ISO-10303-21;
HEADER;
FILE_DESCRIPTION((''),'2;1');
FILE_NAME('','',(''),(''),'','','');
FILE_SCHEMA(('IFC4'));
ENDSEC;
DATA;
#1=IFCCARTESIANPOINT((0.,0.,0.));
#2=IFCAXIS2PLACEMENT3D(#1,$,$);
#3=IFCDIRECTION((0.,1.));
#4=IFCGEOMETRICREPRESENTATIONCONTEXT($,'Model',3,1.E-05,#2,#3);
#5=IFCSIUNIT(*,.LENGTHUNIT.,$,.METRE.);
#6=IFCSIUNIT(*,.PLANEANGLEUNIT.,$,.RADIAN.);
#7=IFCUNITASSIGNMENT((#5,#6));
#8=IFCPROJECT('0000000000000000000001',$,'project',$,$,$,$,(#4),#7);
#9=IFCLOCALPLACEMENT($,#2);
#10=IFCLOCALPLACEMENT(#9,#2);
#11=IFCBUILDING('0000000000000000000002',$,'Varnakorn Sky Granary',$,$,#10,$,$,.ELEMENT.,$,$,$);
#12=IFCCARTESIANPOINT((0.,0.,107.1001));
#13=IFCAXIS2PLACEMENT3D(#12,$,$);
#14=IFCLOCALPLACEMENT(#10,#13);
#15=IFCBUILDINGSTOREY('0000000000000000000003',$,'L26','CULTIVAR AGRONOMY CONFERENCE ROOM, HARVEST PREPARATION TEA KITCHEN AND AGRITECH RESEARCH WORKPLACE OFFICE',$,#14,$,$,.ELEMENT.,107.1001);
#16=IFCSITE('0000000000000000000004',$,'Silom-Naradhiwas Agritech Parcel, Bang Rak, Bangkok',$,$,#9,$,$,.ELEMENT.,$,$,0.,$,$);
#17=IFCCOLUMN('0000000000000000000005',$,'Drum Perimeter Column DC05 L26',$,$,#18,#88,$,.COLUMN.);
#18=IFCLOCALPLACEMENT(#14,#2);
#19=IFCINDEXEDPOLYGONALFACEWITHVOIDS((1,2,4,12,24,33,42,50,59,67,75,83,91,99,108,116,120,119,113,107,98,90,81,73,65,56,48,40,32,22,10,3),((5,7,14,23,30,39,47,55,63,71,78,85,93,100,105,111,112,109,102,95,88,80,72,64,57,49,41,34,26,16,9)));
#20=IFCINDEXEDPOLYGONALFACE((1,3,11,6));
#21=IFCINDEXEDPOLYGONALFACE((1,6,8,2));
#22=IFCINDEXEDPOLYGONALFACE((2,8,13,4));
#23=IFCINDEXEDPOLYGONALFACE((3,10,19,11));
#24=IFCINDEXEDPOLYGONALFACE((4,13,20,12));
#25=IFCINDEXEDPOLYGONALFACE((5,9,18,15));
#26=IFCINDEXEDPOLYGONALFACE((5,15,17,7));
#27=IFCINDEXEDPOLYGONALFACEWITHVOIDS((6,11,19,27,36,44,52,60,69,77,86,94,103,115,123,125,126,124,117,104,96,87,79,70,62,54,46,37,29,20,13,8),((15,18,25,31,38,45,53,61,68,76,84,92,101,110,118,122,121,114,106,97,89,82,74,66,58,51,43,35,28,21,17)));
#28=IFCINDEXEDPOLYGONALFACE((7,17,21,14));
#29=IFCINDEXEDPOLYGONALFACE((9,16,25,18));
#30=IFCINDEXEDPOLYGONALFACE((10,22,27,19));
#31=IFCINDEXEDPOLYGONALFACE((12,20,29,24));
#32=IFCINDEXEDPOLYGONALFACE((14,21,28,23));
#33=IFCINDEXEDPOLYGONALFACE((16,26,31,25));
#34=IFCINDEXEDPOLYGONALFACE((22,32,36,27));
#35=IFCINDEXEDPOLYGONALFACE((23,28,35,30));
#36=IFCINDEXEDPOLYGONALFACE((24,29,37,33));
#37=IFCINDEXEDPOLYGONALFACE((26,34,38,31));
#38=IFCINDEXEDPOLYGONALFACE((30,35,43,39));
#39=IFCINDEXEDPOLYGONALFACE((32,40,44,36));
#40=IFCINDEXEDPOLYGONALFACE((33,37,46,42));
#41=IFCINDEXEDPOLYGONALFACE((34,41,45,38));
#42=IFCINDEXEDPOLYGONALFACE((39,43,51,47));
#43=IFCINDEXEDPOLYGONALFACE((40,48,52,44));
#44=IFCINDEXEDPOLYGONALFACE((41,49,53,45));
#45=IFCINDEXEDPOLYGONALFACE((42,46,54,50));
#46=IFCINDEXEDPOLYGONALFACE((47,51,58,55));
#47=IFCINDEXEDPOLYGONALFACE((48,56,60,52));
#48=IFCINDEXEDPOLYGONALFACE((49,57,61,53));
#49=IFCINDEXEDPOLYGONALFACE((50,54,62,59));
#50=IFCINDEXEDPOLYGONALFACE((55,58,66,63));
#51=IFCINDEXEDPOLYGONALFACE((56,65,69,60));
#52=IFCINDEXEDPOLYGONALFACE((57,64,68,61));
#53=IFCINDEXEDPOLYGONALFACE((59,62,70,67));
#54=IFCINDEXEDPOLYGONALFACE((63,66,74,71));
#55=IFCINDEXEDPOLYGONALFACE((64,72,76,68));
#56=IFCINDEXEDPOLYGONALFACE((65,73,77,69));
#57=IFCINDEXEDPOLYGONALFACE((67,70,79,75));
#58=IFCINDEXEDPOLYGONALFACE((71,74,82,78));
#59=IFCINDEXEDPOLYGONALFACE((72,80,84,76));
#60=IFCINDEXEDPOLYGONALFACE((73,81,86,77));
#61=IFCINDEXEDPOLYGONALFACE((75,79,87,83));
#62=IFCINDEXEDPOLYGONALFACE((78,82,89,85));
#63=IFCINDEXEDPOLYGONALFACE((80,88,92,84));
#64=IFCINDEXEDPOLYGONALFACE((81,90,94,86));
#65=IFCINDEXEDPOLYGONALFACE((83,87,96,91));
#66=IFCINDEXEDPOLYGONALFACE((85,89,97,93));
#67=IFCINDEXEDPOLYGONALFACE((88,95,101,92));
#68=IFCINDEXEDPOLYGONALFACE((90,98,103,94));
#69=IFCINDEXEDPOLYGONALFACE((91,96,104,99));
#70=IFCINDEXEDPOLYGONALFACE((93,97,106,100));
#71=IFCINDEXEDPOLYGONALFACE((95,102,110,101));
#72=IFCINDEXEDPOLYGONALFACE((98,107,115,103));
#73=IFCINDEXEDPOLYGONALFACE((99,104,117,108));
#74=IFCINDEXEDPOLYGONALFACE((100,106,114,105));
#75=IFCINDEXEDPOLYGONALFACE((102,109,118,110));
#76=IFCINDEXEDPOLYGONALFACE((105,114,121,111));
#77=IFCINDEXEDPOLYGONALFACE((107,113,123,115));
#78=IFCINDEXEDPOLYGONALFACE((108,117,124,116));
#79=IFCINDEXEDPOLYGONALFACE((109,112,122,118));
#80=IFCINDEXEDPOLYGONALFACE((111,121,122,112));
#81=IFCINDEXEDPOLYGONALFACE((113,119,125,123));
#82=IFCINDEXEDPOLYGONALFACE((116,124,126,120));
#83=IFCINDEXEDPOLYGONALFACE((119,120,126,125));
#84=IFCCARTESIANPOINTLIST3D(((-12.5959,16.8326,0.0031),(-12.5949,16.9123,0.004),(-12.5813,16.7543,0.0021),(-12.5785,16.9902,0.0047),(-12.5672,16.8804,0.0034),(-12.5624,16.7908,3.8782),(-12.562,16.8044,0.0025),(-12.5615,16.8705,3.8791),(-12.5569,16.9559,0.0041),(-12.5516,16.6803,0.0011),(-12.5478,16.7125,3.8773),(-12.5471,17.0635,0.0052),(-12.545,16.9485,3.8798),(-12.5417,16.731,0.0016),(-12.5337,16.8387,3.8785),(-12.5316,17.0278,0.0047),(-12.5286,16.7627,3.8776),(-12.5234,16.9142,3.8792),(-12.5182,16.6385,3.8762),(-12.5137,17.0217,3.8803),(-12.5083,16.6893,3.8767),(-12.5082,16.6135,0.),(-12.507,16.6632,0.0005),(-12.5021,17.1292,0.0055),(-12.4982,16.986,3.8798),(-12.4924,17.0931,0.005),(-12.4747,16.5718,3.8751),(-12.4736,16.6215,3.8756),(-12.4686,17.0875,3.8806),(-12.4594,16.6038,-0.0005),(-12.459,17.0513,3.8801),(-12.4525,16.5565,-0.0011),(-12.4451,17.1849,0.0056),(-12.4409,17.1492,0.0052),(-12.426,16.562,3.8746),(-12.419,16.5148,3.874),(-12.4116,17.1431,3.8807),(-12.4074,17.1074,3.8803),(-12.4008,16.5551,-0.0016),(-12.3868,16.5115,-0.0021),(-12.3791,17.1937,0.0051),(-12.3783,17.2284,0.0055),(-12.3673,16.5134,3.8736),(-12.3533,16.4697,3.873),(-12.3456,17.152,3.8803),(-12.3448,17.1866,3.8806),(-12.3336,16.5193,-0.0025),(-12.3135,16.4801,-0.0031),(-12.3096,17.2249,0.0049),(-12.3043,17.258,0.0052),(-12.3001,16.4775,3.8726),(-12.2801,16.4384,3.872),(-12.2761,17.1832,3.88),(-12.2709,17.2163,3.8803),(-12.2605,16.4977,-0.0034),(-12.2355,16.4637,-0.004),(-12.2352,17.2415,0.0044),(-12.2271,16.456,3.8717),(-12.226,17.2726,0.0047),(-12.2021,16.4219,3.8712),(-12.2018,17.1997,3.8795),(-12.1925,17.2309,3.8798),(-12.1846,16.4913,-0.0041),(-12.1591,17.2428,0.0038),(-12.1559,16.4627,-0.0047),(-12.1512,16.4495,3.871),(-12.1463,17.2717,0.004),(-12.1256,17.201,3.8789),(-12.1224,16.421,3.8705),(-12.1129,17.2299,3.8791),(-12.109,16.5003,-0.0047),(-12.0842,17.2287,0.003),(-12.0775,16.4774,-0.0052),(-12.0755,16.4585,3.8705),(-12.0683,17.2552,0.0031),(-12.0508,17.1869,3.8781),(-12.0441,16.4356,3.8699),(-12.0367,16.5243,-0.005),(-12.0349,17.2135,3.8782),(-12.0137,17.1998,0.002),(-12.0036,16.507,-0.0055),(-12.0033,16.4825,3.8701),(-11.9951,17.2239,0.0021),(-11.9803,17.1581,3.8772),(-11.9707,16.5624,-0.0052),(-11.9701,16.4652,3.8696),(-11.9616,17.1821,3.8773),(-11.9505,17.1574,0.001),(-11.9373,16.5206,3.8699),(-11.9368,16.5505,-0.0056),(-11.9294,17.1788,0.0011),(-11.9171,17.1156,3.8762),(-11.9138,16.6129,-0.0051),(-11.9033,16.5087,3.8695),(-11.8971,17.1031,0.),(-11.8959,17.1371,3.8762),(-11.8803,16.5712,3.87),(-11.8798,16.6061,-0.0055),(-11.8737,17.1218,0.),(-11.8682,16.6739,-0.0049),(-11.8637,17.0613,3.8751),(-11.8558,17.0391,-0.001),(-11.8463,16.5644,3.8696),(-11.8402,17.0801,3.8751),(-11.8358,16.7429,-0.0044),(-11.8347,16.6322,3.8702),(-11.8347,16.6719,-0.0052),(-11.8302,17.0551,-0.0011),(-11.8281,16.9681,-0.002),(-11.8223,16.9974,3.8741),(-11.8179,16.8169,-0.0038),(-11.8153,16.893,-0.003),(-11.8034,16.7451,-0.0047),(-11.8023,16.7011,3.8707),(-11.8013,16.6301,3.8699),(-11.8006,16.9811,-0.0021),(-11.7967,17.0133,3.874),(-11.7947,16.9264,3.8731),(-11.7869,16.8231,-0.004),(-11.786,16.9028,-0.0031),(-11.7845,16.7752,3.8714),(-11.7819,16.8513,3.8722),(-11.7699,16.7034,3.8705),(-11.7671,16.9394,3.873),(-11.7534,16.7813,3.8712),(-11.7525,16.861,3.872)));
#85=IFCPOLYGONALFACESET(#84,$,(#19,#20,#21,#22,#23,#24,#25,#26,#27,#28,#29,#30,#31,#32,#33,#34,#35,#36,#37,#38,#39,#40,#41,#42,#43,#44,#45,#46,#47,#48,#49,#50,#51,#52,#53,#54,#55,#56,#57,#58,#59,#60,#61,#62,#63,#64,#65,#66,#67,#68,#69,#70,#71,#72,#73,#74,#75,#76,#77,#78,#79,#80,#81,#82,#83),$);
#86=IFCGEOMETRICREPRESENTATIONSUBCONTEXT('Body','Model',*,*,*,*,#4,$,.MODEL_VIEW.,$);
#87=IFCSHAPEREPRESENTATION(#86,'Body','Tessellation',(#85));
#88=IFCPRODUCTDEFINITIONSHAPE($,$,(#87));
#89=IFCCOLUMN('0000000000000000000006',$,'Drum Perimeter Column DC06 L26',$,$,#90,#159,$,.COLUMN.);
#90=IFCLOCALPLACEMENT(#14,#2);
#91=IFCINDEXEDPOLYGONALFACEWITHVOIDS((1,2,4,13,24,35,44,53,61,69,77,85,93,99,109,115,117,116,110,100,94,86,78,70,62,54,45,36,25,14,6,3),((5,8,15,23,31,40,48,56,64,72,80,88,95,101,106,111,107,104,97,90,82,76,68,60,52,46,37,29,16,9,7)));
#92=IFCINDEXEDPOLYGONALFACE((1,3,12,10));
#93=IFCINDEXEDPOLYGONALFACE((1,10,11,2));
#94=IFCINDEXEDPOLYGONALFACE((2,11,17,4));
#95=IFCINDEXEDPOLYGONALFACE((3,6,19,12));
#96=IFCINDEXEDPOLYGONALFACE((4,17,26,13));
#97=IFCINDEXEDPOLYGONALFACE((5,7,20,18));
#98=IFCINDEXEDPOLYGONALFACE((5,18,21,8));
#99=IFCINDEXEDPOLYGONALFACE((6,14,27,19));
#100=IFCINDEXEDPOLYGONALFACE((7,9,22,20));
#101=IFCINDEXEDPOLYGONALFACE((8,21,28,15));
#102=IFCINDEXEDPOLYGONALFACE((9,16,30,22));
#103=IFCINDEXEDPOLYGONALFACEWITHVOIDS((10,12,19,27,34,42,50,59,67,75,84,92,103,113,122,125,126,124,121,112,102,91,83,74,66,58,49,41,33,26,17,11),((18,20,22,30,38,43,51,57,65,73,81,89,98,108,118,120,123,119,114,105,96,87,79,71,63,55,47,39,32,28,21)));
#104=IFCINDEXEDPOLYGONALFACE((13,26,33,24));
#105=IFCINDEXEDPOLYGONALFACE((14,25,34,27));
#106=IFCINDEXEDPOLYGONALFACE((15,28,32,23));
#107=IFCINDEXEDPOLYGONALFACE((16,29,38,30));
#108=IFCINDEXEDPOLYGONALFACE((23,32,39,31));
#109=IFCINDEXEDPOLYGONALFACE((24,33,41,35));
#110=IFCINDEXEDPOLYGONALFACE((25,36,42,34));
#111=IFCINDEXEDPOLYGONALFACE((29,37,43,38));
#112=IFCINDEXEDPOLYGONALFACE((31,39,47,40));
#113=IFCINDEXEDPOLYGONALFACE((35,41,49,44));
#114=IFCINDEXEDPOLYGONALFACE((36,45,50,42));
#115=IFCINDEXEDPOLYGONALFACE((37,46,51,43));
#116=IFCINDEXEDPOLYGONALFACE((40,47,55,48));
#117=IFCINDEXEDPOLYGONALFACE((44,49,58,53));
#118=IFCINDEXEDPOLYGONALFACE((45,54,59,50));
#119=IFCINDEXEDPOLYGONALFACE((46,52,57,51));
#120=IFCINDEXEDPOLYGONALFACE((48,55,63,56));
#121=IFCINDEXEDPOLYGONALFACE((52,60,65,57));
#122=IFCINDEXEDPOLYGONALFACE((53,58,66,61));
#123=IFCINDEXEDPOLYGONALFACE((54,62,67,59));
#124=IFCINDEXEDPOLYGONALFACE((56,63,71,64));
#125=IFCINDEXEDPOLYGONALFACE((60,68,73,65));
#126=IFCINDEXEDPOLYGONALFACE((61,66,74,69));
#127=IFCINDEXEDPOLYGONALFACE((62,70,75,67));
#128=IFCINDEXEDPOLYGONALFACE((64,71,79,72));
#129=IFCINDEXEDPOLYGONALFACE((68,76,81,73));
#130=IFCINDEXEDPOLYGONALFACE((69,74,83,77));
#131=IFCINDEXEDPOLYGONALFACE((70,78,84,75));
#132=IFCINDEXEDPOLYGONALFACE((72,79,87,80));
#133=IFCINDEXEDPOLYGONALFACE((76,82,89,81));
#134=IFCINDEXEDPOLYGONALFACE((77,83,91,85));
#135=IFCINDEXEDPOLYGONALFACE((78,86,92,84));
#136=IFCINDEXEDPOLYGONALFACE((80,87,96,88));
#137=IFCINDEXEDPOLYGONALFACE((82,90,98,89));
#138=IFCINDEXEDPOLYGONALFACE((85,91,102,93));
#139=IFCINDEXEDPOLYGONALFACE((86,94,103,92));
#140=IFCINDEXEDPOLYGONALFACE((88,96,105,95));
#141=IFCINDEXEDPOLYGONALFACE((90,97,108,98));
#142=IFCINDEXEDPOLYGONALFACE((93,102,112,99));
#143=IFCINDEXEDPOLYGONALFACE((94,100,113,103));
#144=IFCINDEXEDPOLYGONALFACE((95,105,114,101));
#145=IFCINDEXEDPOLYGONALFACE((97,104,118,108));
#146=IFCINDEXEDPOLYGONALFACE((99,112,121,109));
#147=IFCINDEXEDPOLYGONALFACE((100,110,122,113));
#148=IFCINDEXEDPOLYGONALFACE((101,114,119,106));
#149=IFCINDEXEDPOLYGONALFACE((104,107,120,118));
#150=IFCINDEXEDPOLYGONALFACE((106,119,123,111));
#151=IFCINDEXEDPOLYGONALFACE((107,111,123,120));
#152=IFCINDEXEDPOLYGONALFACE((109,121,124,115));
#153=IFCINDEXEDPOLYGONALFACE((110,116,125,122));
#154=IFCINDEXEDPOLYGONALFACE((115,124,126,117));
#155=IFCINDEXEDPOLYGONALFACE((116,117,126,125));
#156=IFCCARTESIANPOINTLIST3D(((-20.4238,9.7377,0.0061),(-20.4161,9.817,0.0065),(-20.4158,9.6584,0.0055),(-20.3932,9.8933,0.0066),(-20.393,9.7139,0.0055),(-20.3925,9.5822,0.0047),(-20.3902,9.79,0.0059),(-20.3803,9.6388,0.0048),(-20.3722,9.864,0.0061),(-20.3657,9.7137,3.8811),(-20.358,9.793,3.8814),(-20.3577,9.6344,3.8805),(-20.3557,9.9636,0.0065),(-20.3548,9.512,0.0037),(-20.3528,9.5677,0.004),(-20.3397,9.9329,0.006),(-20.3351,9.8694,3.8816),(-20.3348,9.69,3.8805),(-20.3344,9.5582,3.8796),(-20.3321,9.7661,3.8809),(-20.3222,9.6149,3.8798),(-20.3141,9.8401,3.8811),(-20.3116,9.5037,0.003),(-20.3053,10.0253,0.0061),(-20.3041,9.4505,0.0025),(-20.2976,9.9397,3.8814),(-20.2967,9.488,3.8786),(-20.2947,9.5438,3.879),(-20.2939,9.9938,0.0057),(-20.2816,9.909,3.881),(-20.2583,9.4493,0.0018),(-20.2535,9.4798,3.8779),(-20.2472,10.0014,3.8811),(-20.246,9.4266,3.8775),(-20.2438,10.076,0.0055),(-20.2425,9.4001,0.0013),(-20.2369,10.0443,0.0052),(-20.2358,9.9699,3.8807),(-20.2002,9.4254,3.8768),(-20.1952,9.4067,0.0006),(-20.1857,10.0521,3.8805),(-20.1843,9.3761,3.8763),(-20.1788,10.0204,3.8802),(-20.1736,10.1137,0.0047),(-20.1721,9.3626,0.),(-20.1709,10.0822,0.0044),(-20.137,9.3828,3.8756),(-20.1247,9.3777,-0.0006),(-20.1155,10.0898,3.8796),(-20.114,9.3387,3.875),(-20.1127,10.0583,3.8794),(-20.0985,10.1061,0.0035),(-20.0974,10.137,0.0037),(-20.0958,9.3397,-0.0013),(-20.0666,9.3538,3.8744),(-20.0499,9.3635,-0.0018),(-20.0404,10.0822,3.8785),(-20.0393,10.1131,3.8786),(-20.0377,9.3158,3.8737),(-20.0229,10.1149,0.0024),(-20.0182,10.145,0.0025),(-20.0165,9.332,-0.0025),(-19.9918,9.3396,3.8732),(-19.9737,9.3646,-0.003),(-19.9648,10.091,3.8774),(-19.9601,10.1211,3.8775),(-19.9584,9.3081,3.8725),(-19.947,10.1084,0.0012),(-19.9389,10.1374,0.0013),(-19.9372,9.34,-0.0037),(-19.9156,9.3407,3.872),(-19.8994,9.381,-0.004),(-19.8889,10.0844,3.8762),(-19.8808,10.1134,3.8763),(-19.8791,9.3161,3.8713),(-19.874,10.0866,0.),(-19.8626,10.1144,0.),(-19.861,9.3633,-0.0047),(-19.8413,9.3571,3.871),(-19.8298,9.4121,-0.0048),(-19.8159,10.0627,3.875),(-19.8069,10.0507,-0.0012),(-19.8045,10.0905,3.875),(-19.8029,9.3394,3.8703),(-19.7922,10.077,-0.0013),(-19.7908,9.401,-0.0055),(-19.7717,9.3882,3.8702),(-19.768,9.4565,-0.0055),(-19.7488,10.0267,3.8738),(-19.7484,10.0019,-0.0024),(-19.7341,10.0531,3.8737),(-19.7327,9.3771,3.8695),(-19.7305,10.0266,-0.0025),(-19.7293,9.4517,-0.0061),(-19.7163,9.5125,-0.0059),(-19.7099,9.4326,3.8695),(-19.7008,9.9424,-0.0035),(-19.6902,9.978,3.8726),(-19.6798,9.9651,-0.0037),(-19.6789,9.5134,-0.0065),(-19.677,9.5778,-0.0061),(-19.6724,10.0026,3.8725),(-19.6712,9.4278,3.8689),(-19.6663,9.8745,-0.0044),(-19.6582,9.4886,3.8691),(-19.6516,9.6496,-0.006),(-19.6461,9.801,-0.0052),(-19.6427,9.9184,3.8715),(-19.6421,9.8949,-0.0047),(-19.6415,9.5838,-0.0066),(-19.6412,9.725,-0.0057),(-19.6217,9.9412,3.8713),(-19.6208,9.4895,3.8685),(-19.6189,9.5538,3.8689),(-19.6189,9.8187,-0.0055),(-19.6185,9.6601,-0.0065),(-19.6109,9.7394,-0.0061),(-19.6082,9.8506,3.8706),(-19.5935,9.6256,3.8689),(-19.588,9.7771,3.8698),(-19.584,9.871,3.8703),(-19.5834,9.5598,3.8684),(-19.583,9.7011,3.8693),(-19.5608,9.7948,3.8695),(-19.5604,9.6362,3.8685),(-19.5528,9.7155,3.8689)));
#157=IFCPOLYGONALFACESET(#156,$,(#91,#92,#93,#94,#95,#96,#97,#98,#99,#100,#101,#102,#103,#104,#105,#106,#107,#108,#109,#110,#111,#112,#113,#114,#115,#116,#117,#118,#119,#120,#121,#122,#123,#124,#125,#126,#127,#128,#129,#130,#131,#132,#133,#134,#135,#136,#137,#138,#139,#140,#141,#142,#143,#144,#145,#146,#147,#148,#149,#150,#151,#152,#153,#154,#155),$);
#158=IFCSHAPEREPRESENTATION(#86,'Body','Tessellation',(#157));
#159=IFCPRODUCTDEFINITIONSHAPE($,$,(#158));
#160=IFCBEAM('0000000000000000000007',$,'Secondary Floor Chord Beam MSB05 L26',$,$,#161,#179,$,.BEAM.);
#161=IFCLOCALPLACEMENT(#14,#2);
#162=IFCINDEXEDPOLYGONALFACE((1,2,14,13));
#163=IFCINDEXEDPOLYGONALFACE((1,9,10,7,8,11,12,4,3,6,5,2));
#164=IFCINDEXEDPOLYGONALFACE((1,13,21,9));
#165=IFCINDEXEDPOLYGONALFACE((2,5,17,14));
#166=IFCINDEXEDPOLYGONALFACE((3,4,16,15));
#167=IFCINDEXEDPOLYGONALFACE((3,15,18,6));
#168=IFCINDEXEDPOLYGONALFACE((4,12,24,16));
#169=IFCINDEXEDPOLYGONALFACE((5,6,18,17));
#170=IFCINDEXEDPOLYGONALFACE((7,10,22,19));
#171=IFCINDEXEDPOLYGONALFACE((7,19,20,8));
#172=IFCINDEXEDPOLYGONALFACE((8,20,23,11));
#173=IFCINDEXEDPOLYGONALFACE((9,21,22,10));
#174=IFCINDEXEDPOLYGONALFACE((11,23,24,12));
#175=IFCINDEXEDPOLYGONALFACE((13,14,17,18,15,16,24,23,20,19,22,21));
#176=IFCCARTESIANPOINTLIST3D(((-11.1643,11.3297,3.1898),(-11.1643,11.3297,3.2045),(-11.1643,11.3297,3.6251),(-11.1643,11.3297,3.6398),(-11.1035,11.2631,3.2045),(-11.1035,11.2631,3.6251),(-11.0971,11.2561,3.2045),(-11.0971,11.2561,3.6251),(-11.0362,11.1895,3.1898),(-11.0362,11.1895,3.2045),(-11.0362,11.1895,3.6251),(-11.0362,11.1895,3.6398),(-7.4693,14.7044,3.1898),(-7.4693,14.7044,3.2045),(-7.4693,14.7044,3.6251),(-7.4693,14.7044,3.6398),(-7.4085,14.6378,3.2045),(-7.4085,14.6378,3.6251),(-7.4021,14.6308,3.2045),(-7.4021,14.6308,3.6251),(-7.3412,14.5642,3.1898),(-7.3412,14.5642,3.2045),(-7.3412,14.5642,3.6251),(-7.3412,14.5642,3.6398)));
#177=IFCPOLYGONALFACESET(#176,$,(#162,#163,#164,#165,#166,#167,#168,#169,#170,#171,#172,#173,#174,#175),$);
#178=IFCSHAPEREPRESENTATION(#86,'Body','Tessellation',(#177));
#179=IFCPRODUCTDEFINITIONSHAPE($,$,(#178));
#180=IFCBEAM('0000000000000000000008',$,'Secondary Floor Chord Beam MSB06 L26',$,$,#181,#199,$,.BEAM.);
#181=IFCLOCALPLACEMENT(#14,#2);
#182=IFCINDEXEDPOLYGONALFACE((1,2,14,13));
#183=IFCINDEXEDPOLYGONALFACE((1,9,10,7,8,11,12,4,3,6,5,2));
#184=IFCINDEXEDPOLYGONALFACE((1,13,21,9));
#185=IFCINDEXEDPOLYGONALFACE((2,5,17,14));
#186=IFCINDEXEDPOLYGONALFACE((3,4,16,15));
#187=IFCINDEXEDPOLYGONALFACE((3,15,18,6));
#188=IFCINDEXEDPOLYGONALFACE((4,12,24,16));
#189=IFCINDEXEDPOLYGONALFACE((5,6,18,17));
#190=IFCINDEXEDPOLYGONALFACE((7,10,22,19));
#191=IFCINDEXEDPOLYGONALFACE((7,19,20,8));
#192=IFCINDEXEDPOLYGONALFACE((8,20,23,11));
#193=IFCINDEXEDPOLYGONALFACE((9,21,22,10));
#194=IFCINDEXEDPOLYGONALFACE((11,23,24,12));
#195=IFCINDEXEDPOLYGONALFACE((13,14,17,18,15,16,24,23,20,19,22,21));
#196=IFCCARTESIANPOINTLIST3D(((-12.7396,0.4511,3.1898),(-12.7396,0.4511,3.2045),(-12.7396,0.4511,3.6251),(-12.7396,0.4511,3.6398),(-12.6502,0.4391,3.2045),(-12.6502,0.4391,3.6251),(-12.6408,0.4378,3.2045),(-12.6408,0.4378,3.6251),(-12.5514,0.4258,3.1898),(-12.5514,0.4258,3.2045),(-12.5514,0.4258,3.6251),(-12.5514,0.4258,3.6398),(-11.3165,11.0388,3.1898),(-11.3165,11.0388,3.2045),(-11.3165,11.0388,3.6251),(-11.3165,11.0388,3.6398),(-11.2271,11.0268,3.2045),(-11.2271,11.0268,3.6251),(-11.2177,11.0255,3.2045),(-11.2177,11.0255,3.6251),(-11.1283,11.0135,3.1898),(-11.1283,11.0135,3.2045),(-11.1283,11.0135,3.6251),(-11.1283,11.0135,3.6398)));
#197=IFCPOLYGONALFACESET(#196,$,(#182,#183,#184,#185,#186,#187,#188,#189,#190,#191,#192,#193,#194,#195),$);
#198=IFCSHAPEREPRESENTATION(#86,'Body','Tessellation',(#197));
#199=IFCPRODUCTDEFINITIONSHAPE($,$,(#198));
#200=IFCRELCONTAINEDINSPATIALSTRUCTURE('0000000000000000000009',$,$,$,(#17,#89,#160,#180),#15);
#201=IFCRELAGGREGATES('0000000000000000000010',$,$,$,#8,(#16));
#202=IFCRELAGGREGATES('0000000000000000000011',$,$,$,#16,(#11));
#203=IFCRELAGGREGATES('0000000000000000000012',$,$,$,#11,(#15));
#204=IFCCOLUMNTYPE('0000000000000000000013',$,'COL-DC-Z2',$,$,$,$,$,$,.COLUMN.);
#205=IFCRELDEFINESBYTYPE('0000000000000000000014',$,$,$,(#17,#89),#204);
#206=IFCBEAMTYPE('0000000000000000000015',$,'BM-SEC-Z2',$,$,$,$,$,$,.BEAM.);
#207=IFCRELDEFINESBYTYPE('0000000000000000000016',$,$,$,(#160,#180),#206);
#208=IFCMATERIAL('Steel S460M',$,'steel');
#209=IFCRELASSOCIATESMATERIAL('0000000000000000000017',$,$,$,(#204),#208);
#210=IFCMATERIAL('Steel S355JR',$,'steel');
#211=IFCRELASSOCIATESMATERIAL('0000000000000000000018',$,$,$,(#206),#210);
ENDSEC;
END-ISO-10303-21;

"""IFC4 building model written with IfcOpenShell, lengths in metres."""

from ifc_helpers import new_model, si_unit, direction, frame, origin, origin_2d, place, context, subcontext, project, spatial, hollow_circle, i_section, extrude, material, material_profile, profile_set, type_object, element, save


model = new_model("IFC4")

# Units and contexts
model_context = context("Model", 3, precision=1e-05, world=origin(), true_north=direction((0.0, 1.0)))
body_context = subcontext(model_context, "Body", "Model", "MODEL_VIEW")
ifc_project = project(units=[si_unit("LENGTHUNIT", "METRE"), si_unit("PLANEANGLEUNIT", "RADIAN")], contexts=[model_context])

# Site, building, storey
site_placement = place(None, origin())
site = spatial("IfcSite", under=ifc_project, at=site_placement, Name="Silom-Naradhiwas Agritech Parcel, Bang Rak, Bangkok", CompositionType="ELEMENT", RefElevation=0.0)
building_placement = place(site_placement, origin())
building = spatial("IfcBuilding", under=site, at=building_placement, Name="Varnakorn Sky Granary", CompositionType="ELEMENT")
storey_placement = place(building_placement, frame((0.0, 0.0, 107.1001)))
storey = spatial("IfcBuildingStorey", under=building, at=storey_placement, Name="L26", Description="CULTIVAR AGRONOMY CONFERENCE ROOM, HARVEST PREPARATION TEA KITCHEN AND AGRITECH RESEARCH WORKPLACE OFFICE", CompositionType="ELEMENT", Elevation=107.1001)

# Columns
ifc_material_1 = material(Name="Steel S460M", Category="steel")
ifc_material_profile_1 = material_profile(ifc_material_1, hollow_circle(Radius=0.4065, WallThickness=0.03, at=origin_2d()), Name="CHS 813x30")
ifc_profile_set_1 = profile_set([ifc_material_profile_1], Name="Steel S460M")
column_type = type_object("IfcColumnType", Name="COL-DC-Z2", PredefinedType="COLUMN", material=ifc_profile_set_1)
for number, where, z_axis, x_axis, name in (
    (1, (-12.1909, 16.8677, 0.0), (0.008631, -0.010773, 0.999905), (0.780423, 0.625251, 0.0), "Drum Perimeter Column DC05 L26"),
    (2, (-20.0173, 9.7385, 0.0), (0.014993, -0.006174, 0.999869), (0.38075, 0.924678, 0.0), "Drum Perimeter Column DC06 L26"),
):
    element("IfcColumn", number, at=place(storey_placement, frame(where, z_axis=z_axis, x_axis=x_axis)), inside=storey, type_object=column_type, Name=name, PredefinedType="COLUMN", context=body_context, shape_type="SweptSolid", body=[
        extrude(hollow_circle(Radius=0.4065, WallThickness=0.03, at=origin_2d()), origin(), (0.0, 0.0, 1.0), 3.8755),
    ])

# Beams
ifc_material_2 = material(Name="Steel S355JR", Category="steel")
ifc_material_profile_2 = material_profile(ifc_material_2, i_section(OverallWidth=0.1899, OverallDepth=0.45, WebThickness=0.0095, FlangeThickness=0.0146, at=origin_2d()), Name="IPE 450")
ifc_profile_set_2 = profile_set([ifc_material_profile_2], Name="Steel S355JR")
beam_type_1 = type_object("IfcBeamType", Name="BM-SEC-Z2", PredefinedType="BEAM", material=ifc_profile_set_2)
beam_1_placement = place(storey_placement, frame((-7.4053, 14.6343, 3.4148), z_axis=(-0.738386, -0.674378, 0.0), x_axis=(0.674378, -0.738386, 0.0)))
element("IfcBeam", 3, at=beam_1_placement, inside=storey, type_object=beam_type_1, Name="Secondary Floor Chord Beam MSB05 L26", PredefinedType="BEAM", context=body_context, shape_type="SweptSolid", body=[
    extrude(i_section(OverallWidth=0.1899, OverallDepth=0.45, WebThickness=0.0095, FlangeThickness=0.0146, at=origin_2d()), origin(), (0.0, 0.0, 1.0), 5.0042),
])
beam_2_placement = place(storey_placement, frame((-11.2224, 11.0261, 3.4148), z_axis=(-0.133213, -0.991087, 0.0), x_axis=(0.991087, -0.133213, 0.0)))
element("IfcBeam", 4, at=beam_2_placement, inside=storey, type_object=beam_type_1, Name="Secondary Floor Chord Beam MSB06 L26", PredefinedType="BEAM", context=body_context, shape_type="SweptSolid", body=[
    extrude(i_section(OverallWidth=0.1899, OverallDepth=0.45, WebThickness=0.0095, FlangeThickness=0.0146, at=origin_2d()), origin(), (0.0, 0.0, 1.0), 10.6829),
])

save(model, "model.ifc")
